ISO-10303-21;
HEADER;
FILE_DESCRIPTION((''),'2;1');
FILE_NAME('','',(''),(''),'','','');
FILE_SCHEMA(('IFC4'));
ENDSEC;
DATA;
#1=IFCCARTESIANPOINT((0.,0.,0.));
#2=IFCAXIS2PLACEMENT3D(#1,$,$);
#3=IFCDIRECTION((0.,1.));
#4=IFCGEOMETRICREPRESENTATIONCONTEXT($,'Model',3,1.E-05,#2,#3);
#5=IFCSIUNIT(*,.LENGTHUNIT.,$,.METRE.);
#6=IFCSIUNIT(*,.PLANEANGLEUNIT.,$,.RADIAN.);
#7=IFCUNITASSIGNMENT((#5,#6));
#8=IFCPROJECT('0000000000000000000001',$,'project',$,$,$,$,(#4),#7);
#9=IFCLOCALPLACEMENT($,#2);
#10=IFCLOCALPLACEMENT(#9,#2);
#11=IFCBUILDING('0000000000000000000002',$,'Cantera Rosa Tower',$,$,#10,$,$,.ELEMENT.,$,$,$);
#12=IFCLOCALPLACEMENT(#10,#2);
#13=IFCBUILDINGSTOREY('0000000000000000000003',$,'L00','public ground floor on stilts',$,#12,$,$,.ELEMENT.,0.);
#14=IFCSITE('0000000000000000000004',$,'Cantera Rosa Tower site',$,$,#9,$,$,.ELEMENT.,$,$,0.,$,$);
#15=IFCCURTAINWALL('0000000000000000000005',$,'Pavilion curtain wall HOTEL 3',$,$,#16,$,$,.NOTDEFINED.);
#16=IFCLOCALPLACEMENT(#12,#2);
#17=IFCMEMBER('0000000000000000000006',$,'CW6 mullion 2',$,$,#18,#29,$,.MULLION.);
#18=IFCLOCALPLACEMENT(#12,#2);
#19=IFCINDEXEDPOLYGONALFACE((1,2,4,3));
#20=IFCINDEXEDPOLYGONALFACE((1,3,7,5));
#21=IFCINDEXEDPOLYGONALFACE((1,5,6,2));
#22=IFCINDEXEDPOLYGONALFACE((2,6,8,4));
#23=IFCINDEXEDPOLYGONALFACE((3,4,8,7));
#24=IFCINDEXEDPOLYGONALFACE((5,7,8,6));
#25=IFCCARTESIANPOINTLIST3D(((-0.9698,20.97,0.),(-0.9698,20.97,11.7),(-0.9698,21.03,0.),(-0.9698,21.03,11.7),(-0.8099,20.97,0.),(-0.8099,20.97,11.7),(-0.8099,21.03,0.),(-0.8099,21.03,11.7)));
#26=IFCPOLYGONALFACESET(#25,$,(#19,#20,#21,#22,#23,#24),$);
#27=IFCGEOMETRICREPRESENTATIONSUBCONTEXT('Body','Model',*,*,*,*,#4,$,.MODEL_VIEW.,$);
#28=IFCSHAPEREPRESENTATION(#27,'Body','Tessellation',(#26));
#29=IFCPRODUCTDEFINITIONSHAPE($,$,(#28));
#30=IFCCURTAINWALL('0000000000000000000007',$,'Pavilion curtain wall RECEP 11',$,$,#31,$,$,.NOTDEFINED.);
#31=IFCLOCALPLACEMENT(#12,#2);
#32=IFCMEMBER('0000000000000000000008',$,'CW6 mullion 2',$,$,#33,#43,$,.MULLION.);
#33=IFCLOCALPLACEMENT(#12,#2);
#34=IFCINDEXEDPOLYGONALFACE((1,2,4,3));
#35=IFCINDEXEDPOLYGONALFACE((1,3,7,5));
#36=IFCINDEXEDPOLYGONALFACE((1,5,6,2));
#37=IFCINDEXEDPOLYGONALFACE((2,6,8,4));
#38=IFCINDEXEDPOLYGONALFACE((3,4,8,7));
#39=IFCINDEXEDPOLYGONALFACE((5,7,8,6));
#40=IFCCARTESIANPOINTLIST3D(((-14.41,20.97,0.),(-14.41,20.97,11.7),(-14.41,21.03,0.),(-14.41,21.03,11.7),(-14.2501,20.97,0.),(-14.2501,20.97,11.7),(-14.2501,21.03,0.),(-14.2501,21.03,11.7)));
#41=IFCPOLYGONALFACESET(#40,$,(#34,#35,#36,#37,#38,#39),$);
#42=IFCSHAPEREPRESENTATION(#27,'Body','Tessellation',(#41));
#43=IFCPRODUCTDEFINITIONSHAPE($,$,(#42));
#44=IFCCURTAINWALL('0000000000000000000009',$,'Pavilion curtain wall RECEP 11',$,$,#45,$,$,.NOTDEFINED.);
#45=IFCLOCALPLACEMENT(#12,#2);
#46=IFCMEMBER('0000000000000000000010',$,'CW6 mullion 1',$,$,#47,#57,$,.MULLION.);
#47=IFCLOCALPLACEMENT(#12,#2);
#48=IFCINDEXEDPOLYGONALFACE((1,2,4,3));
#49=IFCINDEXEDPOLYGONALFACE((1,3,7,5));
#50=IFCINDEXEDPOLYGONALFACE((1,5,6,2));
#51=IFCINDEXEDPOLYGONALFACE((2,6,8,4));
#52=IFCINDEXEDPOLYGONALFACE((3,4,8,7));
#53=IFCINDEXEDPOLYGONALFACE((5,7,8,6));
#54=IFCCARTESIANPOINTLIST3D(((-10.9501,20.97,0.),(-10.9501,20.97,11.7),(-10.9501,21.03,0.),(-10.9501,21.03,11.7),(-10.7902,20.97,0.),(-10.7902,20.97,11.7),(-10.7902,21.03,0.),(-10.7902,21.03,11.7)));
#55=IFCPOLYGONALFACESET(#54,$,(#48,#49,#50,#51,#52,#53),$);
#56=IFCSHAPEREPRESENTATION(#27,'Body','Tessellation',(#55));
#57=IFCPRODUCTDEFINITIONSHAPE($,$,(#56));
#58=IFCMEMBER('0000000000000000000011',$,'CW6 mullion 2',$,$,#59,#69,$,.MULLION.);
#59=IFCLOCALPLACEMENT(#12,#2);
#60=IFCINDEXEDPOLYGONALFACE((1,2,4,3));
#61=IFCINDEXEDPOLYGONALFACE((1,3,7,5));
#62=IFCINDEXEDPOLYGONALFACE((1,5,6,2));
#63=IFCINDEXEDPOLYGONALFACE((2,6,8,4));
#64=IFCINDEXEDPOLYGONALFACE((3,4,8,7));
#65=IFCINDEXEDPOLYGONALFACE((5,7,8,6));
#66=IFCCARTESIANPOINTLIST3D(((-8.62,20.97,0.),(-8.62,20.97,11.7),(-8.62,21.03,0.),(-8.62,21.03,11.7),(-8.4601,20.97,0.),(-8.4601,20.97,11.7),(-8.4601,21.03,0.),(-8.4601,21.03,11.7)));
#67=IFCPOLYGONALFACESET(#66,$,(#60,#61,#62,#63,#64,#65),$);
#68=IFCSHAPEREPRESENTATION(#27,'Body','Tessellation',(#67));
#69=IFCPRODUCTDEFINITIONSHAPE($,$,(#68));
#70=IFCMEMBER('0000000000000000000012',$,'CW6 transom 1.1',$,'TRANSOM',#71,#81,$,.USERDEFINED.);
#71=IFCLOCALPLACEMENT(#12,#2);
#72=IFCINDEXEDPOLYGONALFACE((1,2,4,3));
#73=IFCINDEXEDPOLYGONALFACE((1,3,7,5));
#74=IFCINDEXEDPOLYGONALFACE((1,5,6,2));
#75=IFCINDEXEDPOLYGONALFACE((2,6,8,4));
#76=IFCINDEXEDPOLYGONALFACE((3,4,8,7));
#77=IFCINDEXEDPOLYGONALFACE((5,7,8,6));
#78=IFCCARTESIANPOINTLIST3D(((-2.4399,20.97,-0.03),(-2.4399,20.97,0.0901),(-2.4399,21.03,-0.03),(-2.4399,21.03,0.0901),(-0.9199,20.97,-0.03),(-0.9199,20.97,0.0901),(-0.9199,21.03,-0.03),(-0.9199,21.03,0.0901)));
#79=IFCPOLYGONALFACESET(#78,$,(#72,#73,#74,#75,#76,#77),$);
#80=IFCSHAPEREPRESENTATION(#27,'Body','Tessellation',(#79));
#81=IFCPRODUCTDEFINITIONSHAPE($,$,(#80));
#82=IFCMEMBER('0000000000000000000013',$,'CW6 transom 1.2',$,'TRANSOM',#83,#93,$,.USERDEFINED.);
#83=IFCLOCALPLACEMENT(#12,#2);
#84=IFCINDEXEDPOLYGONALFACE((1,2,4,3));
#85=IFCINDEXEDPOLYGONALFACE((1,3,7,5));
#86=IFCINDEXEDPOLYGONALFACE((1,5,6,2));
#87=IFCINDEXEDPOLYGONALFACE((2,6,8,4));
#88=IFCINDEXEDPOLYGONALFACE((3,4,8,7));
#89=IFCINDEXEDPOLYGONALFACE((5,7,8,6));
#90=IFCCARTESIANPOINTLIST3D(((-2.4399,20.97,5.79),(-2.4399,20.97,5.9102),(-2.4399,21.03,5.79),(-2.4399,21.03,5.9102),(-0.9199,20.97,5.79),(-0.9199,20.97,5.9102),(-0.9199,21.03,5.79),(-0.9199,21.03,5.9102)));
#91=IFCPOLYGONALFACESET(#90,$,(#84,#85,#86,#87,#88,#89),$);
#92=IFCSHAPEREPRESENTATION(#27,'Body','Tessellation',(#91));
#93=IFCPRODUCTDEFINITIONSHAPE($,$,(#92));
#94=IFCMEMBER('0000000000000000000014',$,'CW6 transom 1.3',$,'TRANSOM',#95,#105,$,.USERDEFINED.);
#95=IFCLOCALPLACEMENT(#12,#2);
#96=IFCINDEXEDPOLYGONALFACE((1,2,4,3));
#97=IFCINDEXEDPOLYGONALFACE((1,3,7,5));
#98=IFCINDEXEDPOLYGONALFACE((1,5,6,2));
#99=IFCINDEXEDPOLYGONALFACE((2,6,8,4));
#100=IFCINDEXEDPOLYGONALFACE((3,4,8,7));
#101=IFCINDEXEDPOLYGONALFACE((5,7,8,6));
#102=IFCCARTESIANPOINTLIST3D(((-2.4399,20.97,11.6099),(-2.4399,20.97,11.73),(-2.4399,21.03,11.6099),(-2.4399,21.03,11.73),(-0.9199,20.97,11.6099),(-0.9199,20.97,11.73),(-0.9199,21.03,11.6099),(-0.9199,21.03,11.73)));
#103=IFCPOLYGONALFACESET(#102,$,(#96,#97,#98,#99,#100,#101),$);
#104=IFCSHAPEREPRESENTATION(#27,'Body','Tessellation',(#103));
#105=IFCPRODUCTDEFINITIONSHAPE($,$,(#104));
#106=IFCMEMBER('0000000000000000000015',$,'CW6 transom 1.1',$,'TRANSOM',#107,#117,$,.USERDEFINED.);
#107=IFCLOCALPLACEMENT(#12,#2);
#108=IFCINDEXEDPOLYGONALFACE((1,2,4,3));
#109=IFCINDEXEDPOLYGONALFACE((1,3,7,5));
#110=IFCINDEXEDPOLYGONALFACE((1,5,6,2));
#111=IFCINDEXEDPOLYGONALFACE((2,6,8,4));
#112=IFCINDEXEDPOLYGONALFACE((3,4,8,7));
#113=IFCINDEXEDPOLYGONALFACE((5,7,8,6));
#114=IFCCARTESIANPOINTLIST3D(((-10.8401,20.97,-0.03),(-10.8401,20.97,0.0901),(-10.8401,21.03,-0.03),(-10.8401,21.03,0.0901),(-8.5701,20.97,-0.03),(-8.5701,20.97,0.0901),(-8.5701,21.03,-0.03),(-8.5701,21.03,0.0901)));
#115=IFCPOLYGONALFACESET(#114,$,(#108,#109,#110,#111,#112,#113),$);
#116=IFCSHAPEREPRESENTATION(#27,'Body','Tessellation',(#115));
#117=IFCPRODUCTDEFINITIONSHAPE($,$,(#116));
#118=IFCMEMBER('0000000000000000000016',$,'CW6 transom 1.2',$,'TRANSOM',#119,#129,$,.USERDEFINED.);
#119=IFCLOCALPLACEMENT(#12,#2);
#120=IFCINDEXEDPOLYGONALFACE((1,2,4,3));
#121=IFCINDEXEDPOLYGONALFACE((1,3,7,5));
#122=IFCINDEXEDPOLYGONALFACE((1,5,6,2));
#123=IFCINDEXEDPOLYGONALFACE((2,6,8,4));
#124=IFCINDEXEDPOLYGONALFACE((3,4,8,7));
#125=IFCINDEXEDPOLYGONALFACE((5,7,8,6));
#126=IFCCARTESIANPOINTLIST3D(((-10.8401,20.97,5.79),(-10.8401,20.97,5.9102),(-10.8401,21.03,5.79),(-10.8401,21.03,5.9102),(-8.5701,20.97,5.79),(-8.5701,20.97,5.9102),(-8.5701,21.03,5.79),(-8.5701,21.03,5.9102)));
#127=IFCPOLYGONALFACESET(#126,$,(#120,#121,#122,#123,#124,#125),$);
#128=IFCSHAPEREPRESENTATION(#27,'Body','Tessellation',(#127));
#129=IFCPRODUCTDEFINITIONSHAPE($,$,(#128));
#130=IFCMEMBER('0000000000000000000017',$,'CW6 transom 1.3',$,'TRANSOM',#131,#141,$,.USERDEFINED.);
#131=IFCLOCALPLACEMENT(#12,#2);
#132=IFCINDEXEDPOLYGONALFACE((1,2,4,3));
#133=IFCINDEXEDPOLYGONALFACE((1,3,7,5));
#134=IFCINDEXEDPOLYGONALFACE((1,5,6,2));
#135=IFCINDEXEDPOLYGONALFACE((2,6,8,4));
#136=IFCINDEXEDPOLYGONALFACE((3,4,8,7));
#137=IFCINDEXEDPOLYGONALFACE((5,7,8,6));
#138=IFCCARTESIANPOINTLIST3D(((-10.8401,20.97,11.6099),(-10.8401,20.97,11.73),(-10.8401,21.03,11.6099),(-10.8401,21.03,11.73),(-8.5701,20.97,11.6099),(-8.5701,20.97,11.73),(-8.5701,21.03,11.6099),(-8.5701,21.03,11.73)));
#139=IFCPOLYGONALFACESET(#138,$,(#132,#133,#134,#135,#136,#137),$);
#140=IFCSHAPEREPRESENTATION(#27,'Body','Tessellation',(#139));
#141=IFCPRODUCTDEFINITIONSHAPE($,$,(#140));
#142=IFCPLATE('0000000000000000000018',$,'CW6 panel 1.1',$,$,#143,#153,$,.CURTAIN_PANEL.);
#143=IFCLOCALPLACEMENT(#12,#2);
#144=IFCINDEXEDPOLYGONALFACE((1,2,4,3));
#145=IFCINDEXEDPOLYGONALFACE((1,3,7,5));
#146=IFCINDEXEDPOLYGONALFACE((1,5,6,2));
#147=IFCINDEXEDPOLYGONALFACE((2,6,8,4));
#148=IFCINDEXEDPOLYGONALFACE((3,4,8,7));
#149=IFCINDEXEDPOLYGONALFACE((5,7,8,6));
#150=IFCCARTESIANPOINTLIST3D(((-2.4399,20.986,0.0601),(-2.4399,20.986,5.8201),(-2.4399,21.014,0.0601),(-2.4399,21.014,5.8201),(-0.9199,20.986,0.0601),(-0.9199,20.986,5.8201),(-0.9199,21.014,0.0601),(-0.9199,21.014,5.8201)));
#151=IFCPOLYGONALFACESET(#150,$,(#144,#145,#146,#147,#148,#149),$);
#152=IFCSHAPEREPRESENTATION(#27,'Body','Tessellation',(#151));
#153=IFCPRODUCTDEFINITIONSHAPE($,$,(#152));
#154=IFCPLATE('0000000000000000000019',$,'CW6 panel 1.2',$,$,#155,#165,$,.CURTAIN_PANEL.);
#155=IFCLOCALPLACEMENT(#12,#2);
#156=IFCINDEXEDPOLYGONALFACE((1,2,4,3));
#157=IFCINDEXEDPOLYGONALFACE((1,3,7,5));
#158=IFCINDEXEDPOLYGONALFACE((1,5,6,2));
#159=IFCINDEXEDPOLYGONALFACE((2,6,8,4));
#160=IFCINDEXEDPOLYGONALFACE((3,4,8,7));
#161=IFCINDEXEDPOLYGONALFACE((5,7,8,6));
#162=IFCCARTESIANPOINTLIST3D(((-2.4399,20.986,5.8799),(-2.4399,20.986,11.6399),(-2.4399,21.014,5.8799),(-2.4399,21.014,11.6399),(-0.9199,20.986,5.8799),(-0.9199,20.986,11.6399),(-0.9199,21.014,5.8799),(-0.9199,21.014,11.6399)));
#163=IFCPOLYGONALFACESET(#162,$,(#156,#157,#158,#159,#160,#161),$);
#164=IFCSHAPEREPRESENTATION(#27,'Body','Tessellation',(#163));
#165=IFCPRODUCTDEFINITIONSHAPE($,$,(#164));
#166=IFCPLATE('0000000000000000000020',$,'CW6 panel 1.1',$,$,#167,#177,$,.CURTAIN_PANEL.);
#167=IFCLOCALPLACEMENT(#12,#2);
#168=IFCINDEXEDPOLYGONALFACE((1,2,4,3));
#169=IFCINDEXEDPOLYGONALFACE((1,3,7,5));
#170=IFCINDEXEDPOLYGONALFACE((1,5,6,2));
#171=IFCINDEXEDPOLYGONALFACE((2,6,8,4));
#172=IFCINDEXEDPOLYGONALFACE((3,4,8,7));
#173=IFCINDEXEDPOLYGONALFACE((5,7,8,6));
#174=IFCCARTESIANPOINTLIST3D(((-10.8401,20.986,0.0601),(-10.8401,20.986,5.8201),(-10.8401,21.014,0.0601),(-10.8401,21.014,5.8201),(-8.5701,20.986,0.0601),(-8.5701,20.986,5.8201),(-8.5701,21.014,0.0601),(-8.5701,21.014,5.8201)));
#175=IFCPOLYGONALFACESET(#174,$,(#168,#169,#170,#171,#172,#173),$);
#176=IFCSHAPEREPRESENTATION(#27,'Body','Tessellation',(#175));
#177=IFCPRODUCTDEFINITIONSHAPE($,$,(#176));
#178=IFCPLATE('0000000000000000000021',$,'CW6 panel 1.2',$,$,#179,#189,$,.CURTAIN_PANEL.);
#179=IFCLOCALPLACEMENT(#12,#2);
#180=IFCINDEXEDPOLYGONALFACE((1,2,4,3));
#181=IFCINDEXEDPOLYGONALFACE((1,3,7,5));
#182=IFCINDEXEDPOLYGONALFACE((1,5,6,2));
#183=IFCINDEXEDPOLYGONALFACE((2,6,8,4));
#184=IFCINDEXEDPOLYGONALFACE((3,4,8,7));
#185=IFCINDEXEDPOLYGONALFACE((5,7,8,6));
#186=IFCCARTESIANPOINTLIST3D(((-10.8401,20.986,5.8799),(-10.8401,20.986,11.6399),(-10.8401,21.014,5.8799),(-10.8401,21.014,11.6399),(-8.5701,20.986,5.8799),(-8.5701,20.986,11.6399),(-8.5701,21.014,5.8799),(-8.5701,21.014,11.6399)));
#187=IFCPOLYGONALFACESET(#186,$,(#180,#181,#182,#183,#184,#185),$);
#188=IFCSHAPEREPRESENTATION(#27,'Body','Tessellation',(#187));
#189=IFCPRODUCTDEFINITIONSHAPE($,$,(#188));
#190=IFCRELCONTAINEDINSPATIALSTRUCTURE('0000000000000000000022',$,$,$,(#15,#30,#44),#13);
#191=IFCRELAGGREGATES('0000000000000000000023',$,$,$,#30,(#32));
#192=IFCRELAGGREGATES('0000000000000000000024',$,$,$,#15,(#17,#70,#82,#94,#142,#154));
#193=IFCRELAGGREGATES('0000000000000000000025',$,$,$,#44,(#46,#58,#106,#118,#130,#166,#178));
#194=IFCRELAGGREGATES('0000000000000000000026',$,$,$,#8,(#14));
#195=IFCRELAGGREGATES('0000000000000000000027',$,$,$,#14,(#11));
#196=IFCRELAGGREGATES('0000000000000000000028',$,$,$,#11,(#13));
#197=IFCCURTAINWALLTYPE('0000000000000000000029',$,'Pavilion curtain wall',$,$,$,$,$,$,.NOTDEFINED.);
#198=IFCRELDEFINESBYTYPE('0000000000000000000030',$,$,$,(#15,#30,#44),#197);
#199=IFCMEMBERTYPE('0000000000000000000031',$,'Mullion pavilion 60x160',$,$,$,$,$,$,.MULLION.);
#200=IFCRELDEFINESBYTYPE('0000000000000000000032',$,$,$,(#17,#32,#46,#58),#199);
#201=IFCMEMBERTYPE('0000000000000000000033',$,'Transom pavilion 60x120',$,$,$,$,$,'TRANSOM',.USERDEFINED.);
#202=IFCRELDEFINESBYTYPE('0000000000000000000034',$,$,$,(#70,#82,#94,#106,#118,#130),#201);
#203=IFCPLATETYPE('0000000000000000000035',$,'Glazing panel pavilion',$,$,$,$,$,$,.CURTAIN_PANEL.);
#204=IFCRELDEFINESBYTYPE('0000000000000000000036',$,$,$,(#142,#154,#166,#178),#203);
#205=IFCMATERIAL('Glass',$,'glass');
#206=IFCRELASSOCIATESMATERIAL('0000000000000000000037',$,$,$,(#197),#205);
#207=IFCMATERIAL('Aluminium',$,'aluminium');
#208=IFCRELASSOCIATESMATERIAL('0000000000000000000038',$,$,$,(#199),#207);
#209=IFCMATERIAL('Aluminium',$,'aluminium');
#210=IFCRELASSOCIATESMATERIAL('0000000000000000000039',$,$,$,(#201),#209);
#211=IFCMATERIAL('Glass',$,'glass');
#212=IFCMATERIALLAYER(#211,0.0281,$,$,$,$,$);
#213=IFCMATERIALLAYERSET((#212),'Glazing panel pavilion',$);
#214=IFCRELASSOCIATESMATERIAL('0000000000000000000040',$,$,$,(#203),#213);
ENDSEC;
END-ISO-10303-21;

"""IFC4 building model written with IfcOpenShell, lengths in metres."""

from ifc_helpers import new_model, si_unit, direction, frame, origin, origin_2d, place, context, subcontext, project, spatial, rectangle, extrude, material, layer, layer_set, material_profile, profile_set, type_object, element, aggregate, save


model = new_model("IFC4")

# Units and contexts
model_context = context("Model", 3, precision=1e-05, world=origin(), true_north=direction((0.0, 1.0)))
body_context = subcontext(model_context, "Body", "Model", "MODEL_VIEW")
ifc_project = project(units=[si_unit("LENGTHUNIT", "METRE"), si_unit("PLANEANGLEUNIT", "RADIAN")], contexts=[model_context])

# Site, building, storey
site_placement = place(None, origin())
site = spatial("IfcSite", under=ifc_project, at=site_placement, Name="Cantera Rosa Tower site", CompositionType="ELEMENT", RefElevation=0.0)
building_placement = place(site_placement, origin())
building = spatial("IfcBuilding", under=site, at=building_placement, Name="Cantera Rosa Tower", CompositionType="ELEMENT")
storey_placement = place(building_placement, origin())
storey = spatial("IfcBuildingStorey", under=building, at=storey_placement, Name="L00", Description="public ground floor on stilts", CompositionType="ELEMENT", Elevation=0.0)

# Curtain wall, member
ifc_material_1 = material(Name="Glass", Category="glass")
curtain_wall_type = type_object("IfcCurtainWallType", Name="Pavilion curtain wall", PredefinedType="NOTDEFINED", material=ifc_material_1)
curtain_wall_1_placement = place(storey_placement, origin())
curtain_wall_1 = element("IfcCurtainWall", 1, at=curtain_wall_1_placement, inside=storey, type_object=curtain_wall_type, Name="Pavilion curtain wall HOTEL 3", PredefinedType="NOTDEFINED")
ifc_material_2 = material(Name="Aluminium", Category="aluminium")
ifc_material_profile_1 = material_profile(ifc_material_2, rectangle(XDim=0.0601, YDim=0.1599, at=origin_2d()), Name="Mullion pavilion 60x160")
ifc_profile_set_1 = profile_set([ifc_material_profile_1], Name="Aluminium")
member_type_1 = type_object("IfcMemberType", Name="Mullion pavilion 60x160", PredefinedType="MULLION", material=ifc_profile_set_1)
member_1_placement = place(storey_placement, frame((-0.8899, 21.0, 0.0), z_axis=(0.0, 0.0, 1.0), x_axis=(0.0, 1.0, 0.0)))
member_1 = element("IfcMember", 2, at=member_1_placement, type_object=member_type_1, Name="CW6 mullion 2", PredefinedType="MULLION", context=body_context, shape_type="SweptSolid", body=[
    extrude(rectangle(XDim=0.0601, YDim=0.1599, at=origin_2d()), origin(), (0.0, 0.0, 1.0), 11.7),
])

# Curtain wall, member
curtain_wall_2_placement = place(storey_placement, origin())
curtain_wall_2 = element("IfcCurtainWall", 3, at=curtain_wall_2_placement, inside=storey, type_object=curtain_wall_type, Name="Pavilion curtain wall RECEP 11", PredefinedType="NOTDEFINED")
member_2_placement = place(storey_placement, frame((-14.3301, 21.0, 0.0), z_axis=(0.0, 0.0, 1.0), x_axis=(0.0, 1.0, 0.0)))
member_2 = element("IfcMember", 4, at=member_2_placement, type_object=member_type_1, Name="CW6 mullion 2", PredefinedType="MULLION", context=body_context, shape_type="SweptSolid", body=[
    extrude(rectangle(XDim=0.0601, YDim=0.1599, at=origin_2d()), origin(), (0.0, 0.0, 1.0), 11.7),
])
aggregate(curtain_wall_2, [member_2])

# Curtain wall, members
curtain_wall_3_placement = place(storey_placement, origin())
curtain_wall_3 = element("IfcCurtainWall", 5, at=curtain_wall_3_placement, inside=storey, type_object=curtain_wall_type, Name="Pavilion curtain wall RECEP 11", PredefinedType="NOTDEFINED")
member_3_placement = place(storey_placement, frame((-10.8701, 21.0, 0.0), z_axis=(0.0, 0.0, 1.0), x_axis=(0.0, 1.0, 0.0)))
member_3 = element("IfcMember", 6, at=member_3_placement, type_object=member_type_1, Name="CW6 mullion 1", PredefinedType="MULLION", context=body_context, shape_type="SweptSolid", body=[
    extrude(rectangle(XDim=0.0601, YDim=0.1599, at=origin_2d()), origin(), (0.0, 0.0, 1.0), 11.7),
])
member_4_placement = place(storey_placement, frame((-8.54, 21.0, 0.0), z_axis=(0.0, 0.0, 1.0), x_axis=(0.0, 1.0, 0.0)))
member_4 = element("IfcMember", 7, at=member_4_placement, type_object=member_type_1, Name="CW6 mullion 2", PredefinedType="MULLION", context=body_context, shape_type="SweptSolid", body=[
    extrude(rectangle(XDim=0.0601, YDim=0.1599, at=origin_2d()), origin(), (0.0, 0.0, 1.0), 11.7),
])

# Members
ifc_material_3 = material(Name="Aluminium", Category="aluminium")
ifc_material_profile_2 = material_profile(ifc_material_3, rectangle(XDim=0.0601, YDim=0.1201, at=origin_2d()), Name="Transom pavilion 60x120")
ifc_profile_set_2 = profile_set([ifc_material_profile_2], Name="Aluminium")
member_type_2 = type_object("IfcMemberType", Name="Transom pavilion 60x120", ElementType="TRANSOM", PredefinedType="USERDEFINED", material=ifc_profile_set_2)
member_5_placement = place(storey_placement, frame((-2.4399, 21.0, 0.03), z_axis=(1.0, 0.0, 0.0), x_axis=(0.0, 1.0, 0.0)))
member_5 = element("IfcMember", 8, at=member_5_placement, type_object=member_type_2, Name="CW6 transom 1.1", ObjectType="TRANSOM", PredefinedType="USERDEFINED", context=body_context, shape_type="SweptSolid", body=[
    extrude(rectangle(XDim=0.0601, YDim=0.1201, at=origin_2d()), origin(), (0.0, 0.0, 1.0), 1.52),
])
member_6_placement = place(storey_placement, frame((-2.4399, 21.0, 5.8501), z_axis=(1.0, 0.0, 0.0), x_axis=(0.0, 1.0, 0.0)))
member_6 = element("IfcMember", 9, at=member_6_placement, type_object=member_type_2, Name="CW6 transom 1.2", ObjectType="TRANSOM", PredefinedType="USERDEFINED", context=body_context, shape_type="SweptSolid", body=[
    extrude(rectangle(XDim=0.0601, YDim=0.1201, at=origin_2d()), origin(), (0.0, 0.0, 1.0), 1.52),
])
member_7_placement = place(storey_placement, frame((-2.4399, 21.0, 11.6699), z_axis=(1.0, 0.0, 0.0), x_axis=(0.0, 1.0, 0.0)))
member_7 = element("IfcMember", 10, at=member_7_placement, type_object=member_type_2, Name="CW6 transom 1.3", ObjectType="TRANSOM", PredefinedType="USERDEFINED", context=body_context, shape_type="SweptSolid", body=[
    extrude(rectangle(XDim=0.0601, YDim=0.1201, at=origin_2d()), origin(), (0.0, 0.0, 1.0), 1.52),
])
member_8_placement = place(storey_placement, frame((-10.8401, 21.0, 0.03), z_axis=(1.0, 0.0, 0.0), x_axis=(0.0, 1.0, 0.0)))
member_8 = element("IfcMember", 11, at=member_8_placement, type_object=member_type_2, Name="CW6 transom 1.1", ObjectType="TRANSOM", PredefinedType="USERDEFINED", context=body_context, shape_type="SweptSolid", body=[
    extrude(rectangle(XDim=0.0601, YDim=0.1201, at=origin_2d()), origin(), (0.0, 0.0, 1.0), 2.27),
])
member_9_placement = place(storey_placement, frame((-10.8401, 21.0, 5.8501), z_axis=(1.0, 0.0, 0.0), x_axis=(0.0, 1.0, 0.0)))
member_9 = element("IfcMember", 12, at=member_9_placement, type_object=member_type_2, Name="CW6 transom 1.2", ObjectType="TRANSOM", PredefinedType="USERDEFINED", context=body_context, shape_type="SweptSolid", body=[
    extrude(rectangle(XDim=0.0601, YDim=0.1201, at=origin_2d()), origin(), (0.0, 0.0, 1.0), 2.27),
])
member_10_placement = place(storey_placement, frame((-10.8401, 21.0, 11.6699), z_axis=(1.0, 0.0, 0.0), x_axis=(0.0, 1.0, 0.0)))
member_10 = element("IfcMember", 13, at=member_10_placement, type_object=member_type_2, Name="CW6 transom 1.3", ObjectType="TRANSOM", PredefinedType="USERDEFINED", context=body_context, shape_type="SweptSolid", body=[
    extrude(rectangle(XDim=0.0601, YDim=0.1201, at=origin_2d()), origin(), (0.0, 0.0, 1.0), 2.27),
])

# Plates
ifc_material_4 = material(Name="Glass", Category="glass")
ifc_layer_1 = layer(ifc_material_4, 0.0281)
ifc_layer_set_1 = layer_set([ifc_layer_1], Name="Glazing panel pavilion")
plate_type = type_object("IfcPlateType", Name="Glazing panel pavilion", PredefinedType="CURTAIN_PANEL", material=ifc_layer_set_1)
plate_1_placement = place(storey_placement, frame((-1.6799, 21.0, 0.0601), z_axis=(0.0, 0.0, 1.0), x_axis=(1.0, 0.0, 0.0)))
plate_1 = element("IfcPlate", 14, at=plate_1_placement, type_object=plate_type, Name="CW6 panel 1.1", PredefinedType="CURTAIN_PANEL", context=body_context, shape_type="SweptSolid", body=[
    extrude(rectangle(XDim=1.52, YDim=0.0281, at=origin_2d()), origin(), (0.0, 0.0, 1.0), 5.76),
])
plate_2_placement = place(storey_placement, frame((-1.6799, 21.0, 5.8799), z_axis=(0.0, 0.0, 1.0), x_axis=(1.0, 0.0, 0.0)))
plate_2 = element("IfcPlate", 15, at=plate_2_placement, type_object=plate_type, Name="CW6 panel 1.2", PredefinedType="CURTAIN_PANEL", context=body_context, shape_type="SweptSolid", body=[
    extrude(rectangle(XDim=1.52, YDim=0.0281, at=origin_2d()), origin(), (0.0, 0.0, 1.0), 5.76),
])
aggregate(curtain_wall_1, [member_1, member_5, member_6, member_7, plate_1, plate_2])
plate_3_placement = place(storey_placement, frame((-9.7051, 21.0, 0.0601), z_axis=(0.0, 0.0, 1.0), x_axis=(1.0, 0.0, 0.0)))
plate_3 = element("IfcPlate", 16, at=plate_3_placement, type_object=plate_type, Name="CW6 panel 1.1", PredefinedType="CURTAIN_PANEL", context=body_context, shape_type="SweptSolid", body=[
    extrude(rectangle(XDim=2.27, YDim=0.0281, at=origin_2d()), origin(), (0.0, 0.0, 1.0), 5.76),
])
plate_4_placement = place(storey_placement, frame((-9.7051, 21.0, 5.8799), z_axis=(0.0, 0.0, 1.0), x_axis=(1.0, 0.0, 0.0)))
plate_4 = element("IfcPlate", 17, at=plate_4_placement, type_object=plate_type, Name="CW6 panel 1.2", PredefinedType="CURTAIN_PANEL", context=body_context, shape_type="SweptSolid", body=[
    extrude(rectangle(XDim=2.27, YDim=0.0281, at=origin_2d()), origin(), (0.0, 0.0, 1.0), 5.76),
])
aggregate(curtain_wall_3, [member_3, member_4, member_8, member_9, member_10, plate_3, plate_4])

save(model, "model.ifc")
